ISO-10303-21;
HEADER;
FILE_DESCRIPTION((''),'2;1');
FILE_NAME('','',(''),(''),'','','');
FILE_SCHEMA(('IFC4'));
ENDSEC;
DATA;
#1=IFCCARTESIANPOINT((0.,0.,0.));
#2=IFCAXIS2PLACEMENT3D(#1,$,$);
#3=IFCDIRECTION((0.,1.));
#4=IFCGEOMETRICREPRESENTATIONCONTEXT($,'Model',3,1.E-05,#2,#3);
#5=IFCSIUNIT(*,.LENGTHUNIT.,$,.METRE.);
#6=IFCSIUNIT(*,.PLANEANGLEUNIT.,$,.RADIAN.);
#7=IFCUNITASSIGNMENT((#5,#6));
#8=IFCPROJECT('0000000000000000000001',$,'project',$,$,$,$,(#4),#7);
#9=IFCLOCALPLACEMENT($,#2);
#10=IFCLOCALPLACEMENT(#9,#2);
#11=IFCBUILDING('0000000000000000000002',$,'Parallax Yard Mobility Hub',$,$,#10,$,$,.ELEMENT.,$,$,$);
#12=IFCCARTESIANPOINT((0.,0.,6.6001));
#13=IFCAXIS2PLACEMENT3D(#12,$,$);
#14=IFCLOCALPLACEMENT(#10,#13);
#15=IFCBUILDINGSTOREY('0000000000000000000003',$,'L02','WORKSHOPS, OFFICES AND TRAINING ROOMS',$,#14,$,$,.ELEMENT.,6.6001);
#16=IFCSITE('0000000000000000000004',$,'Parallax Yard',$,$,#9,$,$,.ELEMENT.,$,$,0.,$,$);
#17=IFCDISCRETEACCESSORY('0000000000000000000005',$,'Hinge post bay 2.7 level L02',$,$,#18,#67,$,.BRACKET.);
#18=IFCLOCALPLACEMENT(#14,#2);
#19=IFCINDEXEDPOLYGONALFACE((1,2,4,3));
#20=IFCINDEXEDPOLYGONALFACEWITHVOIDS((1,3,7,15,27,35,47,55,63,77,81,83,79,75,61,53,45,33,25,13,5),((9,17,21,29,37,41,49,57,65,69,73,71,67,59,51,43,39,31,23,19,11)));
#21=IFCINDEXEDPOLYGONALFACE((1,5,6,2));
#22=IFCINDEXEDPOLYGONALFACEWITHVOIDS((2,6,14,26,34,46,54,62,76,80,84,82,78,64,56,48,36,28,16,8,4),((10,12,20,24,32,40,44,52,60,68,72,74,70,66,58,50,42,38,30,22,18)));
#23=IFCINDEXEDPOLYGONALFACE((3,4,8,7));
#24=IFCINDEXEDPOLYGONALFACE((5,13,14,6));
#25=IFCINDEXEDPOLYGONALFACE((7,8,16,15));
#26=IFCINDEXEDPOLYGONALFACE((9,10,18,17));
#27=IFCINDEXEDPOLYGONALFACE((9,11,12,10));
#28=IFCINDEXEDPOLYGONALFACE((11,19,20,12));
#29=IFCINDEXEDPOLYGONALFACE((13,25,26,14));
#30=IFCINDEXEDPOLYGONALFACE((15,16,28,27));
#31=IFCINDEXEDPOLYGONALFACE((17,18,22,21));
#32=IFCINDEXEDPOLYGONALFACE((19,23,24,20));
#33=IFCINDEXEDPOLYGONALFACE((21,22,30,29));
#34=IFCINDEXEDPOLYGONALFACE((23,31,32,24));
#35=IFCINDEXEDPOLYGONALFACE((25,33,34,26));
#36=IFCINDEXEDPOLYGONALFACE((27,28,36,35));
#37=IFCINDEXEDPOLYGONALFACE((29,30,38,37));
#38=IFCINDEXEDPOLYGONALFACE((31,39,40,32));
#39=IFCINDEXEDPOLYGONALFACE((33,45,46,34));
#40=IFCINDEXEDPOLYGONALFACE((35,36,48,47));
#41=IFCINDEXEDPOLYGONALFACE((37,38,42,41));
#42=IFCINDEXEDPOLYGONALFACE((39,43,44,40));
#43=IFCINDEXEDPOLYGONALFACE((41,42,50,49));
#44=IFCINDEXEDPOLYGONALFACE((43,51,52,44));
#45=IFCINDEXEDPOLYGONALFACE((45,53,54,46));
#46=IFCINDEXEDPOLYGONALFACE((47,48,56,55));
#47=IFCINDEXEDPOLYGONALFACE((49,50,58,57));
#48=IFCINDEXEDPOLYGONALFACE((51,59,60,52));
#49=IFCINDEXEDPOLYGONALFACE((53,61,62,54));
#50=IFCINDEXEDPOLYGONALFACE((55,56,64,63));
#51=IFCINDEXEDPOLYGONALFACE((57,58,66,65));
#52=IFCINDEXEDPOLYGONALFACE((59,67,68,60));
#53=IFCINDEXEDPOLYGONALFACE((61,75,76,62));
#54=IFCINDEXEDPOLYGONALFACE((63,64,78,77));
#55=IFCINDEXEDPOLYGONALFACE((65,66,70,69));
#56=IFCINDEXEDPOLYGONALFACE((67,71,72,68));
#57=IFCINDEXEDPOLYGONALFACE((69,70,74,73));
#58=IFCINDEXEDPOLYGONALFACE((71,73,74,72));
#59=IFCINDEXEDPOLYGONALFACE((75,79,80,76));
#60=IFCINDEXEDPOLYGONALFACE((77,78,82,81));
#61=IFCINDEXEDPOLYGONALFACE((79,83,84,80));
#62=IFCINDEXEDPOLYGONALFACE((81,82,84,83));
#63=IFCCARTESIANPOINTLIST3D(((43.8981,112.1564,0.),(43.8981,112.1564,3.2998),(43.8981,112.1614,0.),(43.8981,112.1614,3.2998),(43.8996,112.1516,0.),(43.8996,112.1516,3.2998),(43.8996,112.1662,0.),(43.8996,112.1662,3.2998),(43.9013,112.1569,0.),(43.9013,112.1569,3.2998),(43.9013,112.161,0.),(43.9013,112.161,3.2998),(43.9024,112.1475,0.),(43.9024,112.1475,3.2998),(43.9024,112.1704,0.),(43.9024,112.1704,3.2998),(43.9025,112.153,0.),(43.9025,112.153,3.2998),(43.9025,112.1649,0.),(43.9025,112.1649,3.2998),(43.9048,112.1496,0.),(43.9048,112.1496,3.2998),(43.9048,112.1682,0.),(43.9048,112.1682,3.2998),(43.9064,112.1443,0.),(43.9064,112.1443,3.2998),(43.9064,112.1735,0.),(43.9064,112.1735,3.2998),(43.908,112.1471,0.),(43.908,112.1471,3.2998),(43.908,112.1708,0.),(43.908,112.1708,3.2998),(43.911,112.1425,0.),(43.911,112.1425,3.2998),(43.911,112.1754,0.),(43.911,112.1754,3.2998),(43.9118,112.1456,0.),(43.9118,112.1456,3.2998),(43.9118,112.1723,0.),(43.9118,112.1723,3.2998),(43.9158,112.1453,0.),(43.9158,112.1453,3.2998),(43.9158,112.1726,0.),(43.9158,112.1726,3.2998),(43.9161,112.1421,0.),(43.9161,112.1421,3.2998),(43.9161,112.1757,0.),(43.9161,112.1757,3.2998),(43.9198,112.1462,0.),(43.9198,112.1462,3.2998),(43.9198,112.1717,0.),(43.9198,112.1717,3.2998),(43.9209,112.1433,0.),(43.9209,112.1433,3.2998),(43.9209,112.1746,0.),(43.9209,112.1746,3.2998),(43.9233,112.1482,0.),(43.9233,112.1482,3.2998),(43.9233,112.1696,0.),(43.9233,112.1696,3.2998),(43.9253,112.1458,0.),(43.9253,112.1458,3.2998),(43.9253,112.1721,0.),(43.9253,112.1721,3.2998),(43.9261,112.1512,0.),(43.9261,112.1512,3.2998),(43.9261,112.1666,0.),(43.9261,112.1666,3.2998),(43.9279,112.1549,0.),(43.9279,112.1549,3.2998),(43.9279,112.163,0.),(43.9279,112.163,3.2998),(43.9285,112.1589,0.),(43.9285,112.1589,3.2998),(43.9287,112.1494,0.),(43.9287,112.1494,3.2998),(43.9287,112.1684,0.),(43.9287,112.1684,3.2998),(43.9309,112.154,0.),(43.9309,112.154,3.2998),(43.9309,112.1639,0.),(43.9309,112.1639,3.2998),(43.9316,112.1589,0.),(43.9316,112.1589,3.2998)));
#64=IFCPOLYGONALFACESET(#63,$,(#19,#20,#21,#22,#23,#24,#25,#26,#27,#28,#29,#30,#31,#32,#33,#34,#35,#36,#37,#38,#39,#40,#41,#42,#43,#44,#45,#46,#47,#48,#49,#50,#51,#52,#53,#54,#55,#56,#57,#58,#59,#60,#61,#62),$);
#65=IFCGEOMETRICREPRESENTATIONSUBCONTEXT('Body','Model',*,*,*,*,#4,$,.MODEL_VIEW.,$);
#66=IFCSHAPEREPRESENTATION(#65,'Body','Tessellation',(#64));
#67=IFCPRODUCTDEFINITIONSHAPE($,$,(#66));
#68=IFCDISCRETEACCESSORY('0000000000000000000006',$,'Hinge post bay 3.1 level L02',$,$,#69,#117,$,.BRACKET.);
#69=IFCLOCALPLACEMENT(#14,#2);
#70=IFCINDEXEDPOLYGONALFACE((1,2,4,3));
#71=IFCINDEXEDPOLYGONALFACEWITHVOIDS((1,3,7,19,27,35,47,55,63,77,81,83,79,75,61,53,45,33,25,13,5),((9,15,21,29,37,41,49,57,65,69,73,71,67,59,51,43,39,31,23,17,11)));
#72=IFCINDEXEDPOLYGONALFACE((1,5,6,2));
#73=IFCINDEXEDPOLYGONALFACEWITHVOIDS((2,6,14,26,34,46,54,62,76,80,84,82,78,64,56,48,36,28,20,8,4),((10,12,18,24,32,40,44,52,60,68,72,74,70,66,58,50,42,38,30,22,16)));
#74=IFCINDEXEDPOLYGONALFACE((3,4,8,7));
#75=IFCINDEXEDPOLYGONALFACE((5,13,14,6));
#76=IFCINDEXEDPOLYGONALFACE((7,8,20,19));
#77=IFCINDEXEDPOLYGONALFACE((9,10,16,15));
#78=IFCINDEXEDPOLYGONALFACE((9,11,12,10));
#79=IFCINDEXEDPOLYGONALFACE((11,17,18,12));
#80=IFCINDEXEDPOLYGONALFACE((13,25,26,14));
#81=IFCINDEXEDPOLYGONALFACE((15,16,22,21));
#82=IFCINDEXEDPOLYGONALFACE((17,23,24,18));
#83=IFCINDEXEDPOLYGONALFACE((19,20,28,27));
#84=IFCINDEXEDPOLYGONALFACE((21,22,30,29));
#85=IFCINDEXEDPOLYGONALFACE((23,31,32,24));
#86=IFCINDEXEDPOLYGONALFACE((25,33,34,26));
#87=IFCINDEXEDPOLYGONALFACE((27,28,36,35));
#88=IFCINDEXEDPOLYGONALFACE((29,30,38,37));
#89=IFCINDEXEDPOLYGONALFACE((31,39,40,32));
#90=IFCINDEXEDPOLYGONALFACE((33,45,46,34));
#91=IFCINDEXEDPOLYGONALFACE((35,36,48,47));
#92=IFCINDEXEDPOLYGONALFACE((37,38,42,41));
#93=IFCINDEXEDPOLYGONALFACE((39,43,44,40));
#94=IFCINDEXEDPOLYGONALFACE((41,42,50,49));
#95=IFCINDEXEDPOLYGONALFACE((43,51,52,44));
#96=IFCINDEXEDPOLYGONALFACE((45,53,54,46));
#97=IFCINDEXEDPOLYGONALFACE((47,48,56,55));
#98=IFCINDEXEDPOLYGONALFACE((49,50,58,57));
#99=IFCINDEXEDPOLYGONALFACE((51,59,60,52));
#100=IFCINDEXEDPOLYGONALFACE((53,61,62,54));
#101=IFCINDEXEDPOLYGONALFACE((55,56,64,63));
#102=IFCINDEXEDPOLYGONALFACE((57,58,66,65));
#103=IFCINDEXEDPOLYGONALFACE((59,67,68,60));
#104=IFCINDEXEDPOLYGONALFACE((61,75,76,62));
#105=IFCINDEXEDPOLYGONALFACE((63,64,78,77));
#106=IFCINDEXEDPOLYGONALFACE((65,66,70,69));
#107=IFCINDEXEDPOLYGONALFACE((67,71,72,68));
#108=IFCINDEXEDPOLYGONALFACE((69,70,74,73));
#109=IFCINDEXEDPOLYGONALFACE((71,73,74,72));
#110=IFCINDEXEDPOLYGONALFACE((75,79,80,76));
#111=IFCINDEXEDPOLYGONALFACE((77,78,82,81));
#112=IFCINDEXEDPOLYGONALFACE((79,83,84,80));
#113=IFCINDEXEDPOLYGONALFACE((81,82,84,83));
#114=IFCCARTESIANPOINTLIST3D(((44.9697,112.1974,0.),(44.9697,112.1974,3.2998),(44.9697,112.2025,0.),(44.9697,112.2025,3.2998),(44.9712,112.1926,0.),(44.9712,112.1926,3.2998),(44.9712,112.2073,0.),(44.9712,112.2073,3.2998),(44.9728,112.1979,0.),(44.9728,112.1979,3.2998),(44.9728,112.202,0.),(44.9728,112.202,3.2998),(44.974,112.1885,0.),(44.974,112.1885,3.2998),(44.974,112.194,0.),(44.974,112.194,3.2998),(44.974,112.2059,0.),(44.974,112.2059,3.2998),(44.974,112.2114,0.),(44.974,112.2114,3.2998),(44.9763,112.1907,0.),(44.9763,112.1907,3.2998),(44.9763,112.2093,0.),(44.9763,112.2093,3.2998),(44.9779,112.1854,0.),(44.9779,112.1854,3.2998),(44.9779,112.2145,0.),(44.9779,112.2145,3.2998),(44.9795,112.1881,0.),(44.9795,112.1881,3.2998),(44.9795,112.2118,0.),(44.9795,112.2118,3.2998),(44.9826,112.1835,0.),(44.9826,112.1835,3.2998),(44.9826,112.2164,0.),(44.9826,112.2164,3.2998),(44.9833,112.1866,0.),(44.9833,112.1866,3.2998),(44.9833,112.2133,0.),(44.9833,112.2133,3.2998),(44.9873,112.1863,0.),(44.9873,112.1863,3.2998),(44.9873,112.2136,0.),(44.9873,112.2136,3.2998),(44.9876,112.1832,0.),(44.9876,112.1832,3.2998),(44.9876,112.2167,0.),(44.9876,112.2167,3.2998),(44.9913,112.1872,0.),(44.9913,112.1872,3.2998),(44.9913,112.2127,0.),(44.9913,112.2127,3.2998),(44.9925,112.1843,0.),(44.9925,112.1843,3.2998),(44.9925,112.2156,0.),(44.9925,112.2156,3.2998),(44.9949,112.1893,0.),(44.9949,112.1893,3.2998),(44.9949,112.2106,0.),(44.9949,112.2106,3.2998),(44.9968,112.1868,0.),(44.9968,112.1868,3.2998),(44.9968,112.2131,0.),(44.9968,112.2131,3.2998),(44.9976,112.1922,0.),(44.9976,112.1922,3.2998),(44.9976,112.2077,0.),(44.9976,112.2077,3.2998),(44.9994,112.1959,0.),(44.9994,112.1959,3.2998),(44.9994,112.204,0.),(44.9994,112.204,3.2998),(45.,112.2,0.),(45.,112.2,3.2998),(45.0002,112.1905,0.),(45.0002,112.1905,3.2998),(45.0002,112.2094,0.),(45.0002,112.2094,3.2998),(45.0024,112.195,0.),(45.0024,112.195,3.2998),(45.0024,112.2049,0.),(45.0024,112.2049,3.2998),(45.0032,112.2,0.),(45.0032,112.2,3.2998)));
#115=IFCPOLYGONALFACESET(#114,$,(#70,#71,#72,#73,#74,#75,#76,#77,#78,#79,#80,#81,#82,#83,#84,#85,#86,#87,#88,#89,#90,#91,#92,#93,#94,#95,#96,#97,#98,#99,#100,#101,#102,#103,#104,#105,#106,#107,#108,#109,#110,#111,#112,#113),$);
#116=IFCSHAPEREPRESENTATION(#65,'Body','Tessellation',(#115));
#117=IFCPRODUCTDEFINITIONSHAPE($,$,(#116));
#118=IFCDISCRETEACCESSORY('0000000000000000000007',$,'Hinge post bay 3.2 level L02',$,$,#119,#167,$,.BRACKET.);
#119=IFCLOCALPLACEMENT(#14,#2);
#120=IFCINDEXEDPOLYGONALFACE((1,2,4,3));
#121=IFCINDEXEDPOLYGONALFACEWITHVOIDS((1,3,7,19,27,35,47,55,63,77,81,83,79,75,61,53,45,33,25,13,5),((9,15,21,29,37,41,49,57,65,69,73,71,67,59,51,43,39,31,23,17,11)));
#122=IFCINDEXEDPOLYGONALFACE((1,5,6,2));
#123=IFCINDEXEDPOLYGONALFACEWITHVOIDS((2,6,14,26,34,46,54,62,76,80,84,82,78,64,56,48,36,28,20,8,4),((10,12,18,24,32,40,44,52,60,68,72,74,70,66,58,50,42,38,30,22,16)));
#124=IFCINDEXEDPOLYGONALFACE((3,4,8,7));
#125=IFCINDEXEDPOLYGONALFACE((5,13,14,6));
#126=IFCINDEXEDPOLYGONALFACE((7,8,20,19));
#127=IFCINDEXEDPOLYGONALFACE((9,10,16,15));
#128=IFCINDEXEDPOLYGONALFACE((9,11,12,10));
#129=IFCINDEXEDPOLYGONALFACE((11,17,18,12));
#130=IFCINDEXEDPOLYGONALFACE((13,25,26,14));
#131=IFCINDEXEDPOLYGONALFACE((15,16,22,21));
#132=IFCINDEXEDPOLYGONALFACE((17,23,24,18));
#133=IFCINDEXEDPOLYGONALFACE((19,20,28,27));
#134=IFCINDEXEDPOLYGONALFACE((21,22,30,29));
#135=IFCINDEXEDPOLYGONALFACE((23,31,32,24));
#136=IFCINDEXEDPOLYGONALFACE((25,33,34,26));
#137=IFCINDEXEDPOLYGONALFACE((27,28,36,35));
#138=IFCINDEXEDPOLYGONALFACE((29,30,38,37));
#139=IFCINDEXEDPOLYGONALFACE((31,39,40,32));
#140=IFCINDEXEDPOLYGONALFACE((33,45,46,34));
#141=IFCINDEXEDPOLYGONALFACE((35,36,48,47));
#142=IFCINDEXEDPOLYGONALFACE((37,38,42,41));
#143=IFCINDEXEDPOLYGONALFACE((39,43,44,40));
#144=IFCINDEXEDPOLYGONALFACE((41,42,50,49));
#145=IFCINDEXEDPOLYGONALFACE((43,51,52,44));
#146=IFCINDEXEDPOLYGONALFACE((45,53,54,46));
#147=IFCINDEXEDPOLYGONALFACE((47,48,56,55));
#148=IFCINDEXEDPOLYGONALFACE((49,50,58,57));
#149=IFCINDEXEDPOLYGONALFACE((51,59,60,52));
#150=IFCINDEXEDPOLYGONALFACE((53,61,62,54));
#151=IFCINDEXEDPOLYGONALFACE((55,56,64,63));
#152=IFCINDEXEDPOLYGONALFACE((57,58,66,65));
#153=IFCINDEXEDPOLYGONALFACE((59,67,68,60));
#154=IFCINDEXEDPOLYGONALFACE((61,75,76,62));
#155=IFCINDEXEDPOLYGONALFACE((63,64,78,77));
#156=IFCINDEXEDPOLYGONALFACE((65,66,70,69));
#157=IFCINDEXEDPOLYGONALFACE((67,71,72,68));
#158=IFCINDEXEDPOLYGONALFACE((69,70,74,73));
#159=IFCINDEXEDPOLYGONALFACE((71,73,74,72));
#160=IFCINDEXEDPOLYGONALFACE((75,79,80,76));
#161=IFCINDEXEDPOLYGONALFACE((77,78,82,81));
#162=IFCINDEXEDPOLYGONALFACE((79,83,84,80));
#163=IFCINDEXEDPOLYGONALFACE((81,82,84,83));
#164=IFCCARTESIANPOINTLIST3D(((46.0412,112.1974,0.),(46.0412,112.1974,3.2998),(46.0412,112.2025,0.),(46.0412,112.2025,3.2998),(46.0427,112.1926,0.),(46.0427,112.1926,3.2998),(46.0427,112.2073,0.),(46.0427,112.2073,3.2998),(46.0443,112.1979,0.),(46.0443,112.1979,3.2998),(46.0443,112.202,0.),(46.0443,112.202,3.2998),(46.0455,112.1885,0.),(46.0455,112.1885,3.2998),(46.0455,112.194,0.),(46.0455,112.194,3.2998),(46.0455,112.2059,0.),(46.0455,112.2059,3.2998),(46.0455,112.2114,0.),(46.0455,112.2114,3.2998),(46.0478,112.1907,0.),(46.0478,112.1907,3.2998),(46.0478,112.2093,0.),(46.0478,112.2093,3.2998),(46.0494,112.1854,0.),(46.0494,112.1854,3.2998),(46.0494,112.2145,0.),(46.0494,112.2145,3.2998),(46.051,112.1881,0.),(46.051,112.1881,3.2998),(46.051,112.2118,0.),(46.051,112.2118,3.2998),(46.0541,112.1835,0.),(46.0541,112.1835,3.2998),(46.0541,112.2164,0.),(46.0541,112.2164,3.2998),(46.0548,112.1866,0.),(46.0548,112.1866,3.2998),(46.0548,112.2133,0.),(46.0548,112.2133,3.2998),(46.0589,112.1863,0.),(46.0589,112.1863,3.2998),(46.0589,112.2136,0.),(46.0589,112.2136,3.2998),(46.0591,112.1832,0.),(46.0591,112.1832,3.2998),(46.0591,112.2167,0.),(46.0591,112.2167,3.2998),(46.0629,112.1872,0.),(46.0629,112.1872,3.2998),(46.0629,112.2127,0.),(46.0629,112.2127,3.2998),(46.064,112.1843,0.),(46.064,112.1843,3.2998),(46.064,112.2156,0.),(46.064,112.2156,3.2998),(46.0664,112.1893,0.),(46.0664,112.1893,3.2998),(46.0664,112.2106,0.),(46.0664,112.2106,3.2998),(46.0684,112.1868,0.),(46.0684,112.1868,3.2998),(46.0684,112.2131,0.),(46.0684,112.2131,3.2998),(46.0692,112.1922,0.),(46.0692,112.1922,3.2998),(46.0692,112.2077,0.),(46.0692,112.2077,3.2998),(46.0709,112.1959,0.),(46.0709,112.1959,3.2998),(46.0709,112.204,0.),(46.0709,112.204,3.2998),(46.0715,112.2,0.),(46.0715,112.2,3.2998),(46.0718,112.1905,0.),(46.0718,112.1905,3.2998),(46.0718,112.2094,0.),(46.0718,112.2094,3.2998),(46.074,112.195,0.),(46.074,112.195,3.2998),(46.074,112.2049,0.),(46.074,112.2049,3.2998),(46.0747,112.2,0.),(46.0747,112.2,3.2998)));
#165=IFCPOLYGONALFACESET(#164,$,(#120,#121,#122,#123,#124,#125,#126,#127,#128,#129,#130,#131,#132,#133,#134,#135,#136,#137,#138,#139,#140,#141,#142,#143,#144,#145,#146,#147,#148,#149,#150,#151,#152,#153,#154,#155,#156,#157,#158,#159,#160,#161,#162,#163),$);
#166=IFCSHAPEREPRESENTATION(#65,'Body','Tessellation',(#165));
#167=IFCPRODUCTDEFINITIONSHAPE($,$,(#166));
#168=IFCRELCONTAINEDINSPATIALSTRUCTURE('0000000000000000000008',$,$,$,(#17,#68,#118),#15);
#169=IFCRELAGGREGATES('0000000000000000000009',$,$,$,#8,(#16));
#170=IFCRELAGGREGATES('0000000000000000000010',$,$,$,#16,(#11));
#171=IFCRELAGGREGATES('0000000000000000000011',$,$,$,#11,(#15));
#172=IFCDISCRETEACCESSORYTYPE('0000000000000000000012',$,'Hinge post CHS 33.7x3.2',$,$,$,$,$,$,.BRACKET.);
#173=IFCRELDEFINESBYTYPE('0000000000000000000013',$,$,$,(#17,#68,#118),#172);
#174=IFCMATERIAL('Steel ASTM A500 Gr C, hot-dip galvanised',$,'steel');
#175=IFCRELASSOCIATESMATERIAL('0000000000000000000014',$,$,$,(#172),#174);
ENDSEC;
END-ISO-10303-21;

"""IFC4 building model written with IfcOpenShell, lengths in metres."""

from ifc_helpers import new_model, si_unit, direction, frame, origin, origin_2d, place, context, subcontext, project, spatial, hollow_circle, extrude, material, material_profile, profile_set, type_object, element, save


model = new_model("IFC4")

# Units and contexts
model_context = context("Model", 3, precision=1e-05, world=origin(), true_north=direction((0.0, 1.0)))
body_context = subcontext(model_context, "Body", "Model", "MODEL_VIEW")
ifc_project = project(units=[si_unit("LENGTHUNIT", "METRE"), si_unit("PLANEANGLEUNIT", "RADIAN")], contexts=[model_context])

# Site, building, storey
site_placement = place(None, origin())
site = spatial("IfcSite", under=ifc_project, at=site_placement, Name="Parallax Yard", CompositionType="ELEMENT", RefElevation=0.0)
building_placement = place(site_placement, origin())
building = spatial("IfcBuilding", under=site, at=building_placement, Name="Parallax Yard Mobility Hub", CompositionType="ELEMENT")
storey_placement = place(building_placement, frame((0.0, 0.0, 6.6001)))
storey = spatial("IfcBuildingStorey", under=building, at=storey_placement, Name="L02", Description="WORKSHOPS, OFFICES AND TRAINING ROOMS", CompositionType="ELEMENT", Elevation=6.6001)

# Discrete accessories
ifc_material_1 = material(Name="Steel ASTM A500 Gr C, hot-dip galvanised", Category="steel")
ifc_material_profile_1 = material_profile(ifc_material_1, hollow_circle(Radius=0.0168, WallThickness=0.0032, at=origin_2d()), Name="CHS 33.7x3.2")
ifc_profile_set_1 = profile_set([ifc_material_profile_1], Name="Steel ASTM A500 Gr C, hot-dip galvanised")
discrete_accessory_type_1 = type_object("IfcDiscreteAccessoryType", Name="Hinge post CHS 33.7x3.2", PredefinedType="BRACKET", material=ifc_profile_set_1)
for number, where, z_axis, x_axis, name in (
    (1, (43.9148, 112.1589, 0.0), (0.0, 0.0, 1.0), (1.0, 0.0, 0.0), "Hinge post bay 2.7 level L02"),
    (2, (44.9863, 112.2, 0.0), (0.0, 0.0, 1.0), (1.0, 0.0, 0.0), "Hinge post bay 3.1 level L02"),
    (3, (46.0579, 112.2, 0.0), (0.0, 0.0, 1.0), (1.0, 0.0, 0.0), "Hinge post bay 3.2 level L02"),
):
    element("IfcDiscreteAccessory", number, at=place(storey_placement, frame(where, z_axis=z_axis, x_axis=x_axis)), inside=storey, type_object=discrete_accessory_type_1, Name=name, PredefinedType="BRACKET", context=body_context, shape_type="SweptSolid", body=[
        extrude(hollow_circle(Radius=0.0168, WallThickness=0.0032, at=origin_2d()), origin(), (0.0, 0.0, 1.0), 3.2998),
    ])

save(model, "model.ifc")
